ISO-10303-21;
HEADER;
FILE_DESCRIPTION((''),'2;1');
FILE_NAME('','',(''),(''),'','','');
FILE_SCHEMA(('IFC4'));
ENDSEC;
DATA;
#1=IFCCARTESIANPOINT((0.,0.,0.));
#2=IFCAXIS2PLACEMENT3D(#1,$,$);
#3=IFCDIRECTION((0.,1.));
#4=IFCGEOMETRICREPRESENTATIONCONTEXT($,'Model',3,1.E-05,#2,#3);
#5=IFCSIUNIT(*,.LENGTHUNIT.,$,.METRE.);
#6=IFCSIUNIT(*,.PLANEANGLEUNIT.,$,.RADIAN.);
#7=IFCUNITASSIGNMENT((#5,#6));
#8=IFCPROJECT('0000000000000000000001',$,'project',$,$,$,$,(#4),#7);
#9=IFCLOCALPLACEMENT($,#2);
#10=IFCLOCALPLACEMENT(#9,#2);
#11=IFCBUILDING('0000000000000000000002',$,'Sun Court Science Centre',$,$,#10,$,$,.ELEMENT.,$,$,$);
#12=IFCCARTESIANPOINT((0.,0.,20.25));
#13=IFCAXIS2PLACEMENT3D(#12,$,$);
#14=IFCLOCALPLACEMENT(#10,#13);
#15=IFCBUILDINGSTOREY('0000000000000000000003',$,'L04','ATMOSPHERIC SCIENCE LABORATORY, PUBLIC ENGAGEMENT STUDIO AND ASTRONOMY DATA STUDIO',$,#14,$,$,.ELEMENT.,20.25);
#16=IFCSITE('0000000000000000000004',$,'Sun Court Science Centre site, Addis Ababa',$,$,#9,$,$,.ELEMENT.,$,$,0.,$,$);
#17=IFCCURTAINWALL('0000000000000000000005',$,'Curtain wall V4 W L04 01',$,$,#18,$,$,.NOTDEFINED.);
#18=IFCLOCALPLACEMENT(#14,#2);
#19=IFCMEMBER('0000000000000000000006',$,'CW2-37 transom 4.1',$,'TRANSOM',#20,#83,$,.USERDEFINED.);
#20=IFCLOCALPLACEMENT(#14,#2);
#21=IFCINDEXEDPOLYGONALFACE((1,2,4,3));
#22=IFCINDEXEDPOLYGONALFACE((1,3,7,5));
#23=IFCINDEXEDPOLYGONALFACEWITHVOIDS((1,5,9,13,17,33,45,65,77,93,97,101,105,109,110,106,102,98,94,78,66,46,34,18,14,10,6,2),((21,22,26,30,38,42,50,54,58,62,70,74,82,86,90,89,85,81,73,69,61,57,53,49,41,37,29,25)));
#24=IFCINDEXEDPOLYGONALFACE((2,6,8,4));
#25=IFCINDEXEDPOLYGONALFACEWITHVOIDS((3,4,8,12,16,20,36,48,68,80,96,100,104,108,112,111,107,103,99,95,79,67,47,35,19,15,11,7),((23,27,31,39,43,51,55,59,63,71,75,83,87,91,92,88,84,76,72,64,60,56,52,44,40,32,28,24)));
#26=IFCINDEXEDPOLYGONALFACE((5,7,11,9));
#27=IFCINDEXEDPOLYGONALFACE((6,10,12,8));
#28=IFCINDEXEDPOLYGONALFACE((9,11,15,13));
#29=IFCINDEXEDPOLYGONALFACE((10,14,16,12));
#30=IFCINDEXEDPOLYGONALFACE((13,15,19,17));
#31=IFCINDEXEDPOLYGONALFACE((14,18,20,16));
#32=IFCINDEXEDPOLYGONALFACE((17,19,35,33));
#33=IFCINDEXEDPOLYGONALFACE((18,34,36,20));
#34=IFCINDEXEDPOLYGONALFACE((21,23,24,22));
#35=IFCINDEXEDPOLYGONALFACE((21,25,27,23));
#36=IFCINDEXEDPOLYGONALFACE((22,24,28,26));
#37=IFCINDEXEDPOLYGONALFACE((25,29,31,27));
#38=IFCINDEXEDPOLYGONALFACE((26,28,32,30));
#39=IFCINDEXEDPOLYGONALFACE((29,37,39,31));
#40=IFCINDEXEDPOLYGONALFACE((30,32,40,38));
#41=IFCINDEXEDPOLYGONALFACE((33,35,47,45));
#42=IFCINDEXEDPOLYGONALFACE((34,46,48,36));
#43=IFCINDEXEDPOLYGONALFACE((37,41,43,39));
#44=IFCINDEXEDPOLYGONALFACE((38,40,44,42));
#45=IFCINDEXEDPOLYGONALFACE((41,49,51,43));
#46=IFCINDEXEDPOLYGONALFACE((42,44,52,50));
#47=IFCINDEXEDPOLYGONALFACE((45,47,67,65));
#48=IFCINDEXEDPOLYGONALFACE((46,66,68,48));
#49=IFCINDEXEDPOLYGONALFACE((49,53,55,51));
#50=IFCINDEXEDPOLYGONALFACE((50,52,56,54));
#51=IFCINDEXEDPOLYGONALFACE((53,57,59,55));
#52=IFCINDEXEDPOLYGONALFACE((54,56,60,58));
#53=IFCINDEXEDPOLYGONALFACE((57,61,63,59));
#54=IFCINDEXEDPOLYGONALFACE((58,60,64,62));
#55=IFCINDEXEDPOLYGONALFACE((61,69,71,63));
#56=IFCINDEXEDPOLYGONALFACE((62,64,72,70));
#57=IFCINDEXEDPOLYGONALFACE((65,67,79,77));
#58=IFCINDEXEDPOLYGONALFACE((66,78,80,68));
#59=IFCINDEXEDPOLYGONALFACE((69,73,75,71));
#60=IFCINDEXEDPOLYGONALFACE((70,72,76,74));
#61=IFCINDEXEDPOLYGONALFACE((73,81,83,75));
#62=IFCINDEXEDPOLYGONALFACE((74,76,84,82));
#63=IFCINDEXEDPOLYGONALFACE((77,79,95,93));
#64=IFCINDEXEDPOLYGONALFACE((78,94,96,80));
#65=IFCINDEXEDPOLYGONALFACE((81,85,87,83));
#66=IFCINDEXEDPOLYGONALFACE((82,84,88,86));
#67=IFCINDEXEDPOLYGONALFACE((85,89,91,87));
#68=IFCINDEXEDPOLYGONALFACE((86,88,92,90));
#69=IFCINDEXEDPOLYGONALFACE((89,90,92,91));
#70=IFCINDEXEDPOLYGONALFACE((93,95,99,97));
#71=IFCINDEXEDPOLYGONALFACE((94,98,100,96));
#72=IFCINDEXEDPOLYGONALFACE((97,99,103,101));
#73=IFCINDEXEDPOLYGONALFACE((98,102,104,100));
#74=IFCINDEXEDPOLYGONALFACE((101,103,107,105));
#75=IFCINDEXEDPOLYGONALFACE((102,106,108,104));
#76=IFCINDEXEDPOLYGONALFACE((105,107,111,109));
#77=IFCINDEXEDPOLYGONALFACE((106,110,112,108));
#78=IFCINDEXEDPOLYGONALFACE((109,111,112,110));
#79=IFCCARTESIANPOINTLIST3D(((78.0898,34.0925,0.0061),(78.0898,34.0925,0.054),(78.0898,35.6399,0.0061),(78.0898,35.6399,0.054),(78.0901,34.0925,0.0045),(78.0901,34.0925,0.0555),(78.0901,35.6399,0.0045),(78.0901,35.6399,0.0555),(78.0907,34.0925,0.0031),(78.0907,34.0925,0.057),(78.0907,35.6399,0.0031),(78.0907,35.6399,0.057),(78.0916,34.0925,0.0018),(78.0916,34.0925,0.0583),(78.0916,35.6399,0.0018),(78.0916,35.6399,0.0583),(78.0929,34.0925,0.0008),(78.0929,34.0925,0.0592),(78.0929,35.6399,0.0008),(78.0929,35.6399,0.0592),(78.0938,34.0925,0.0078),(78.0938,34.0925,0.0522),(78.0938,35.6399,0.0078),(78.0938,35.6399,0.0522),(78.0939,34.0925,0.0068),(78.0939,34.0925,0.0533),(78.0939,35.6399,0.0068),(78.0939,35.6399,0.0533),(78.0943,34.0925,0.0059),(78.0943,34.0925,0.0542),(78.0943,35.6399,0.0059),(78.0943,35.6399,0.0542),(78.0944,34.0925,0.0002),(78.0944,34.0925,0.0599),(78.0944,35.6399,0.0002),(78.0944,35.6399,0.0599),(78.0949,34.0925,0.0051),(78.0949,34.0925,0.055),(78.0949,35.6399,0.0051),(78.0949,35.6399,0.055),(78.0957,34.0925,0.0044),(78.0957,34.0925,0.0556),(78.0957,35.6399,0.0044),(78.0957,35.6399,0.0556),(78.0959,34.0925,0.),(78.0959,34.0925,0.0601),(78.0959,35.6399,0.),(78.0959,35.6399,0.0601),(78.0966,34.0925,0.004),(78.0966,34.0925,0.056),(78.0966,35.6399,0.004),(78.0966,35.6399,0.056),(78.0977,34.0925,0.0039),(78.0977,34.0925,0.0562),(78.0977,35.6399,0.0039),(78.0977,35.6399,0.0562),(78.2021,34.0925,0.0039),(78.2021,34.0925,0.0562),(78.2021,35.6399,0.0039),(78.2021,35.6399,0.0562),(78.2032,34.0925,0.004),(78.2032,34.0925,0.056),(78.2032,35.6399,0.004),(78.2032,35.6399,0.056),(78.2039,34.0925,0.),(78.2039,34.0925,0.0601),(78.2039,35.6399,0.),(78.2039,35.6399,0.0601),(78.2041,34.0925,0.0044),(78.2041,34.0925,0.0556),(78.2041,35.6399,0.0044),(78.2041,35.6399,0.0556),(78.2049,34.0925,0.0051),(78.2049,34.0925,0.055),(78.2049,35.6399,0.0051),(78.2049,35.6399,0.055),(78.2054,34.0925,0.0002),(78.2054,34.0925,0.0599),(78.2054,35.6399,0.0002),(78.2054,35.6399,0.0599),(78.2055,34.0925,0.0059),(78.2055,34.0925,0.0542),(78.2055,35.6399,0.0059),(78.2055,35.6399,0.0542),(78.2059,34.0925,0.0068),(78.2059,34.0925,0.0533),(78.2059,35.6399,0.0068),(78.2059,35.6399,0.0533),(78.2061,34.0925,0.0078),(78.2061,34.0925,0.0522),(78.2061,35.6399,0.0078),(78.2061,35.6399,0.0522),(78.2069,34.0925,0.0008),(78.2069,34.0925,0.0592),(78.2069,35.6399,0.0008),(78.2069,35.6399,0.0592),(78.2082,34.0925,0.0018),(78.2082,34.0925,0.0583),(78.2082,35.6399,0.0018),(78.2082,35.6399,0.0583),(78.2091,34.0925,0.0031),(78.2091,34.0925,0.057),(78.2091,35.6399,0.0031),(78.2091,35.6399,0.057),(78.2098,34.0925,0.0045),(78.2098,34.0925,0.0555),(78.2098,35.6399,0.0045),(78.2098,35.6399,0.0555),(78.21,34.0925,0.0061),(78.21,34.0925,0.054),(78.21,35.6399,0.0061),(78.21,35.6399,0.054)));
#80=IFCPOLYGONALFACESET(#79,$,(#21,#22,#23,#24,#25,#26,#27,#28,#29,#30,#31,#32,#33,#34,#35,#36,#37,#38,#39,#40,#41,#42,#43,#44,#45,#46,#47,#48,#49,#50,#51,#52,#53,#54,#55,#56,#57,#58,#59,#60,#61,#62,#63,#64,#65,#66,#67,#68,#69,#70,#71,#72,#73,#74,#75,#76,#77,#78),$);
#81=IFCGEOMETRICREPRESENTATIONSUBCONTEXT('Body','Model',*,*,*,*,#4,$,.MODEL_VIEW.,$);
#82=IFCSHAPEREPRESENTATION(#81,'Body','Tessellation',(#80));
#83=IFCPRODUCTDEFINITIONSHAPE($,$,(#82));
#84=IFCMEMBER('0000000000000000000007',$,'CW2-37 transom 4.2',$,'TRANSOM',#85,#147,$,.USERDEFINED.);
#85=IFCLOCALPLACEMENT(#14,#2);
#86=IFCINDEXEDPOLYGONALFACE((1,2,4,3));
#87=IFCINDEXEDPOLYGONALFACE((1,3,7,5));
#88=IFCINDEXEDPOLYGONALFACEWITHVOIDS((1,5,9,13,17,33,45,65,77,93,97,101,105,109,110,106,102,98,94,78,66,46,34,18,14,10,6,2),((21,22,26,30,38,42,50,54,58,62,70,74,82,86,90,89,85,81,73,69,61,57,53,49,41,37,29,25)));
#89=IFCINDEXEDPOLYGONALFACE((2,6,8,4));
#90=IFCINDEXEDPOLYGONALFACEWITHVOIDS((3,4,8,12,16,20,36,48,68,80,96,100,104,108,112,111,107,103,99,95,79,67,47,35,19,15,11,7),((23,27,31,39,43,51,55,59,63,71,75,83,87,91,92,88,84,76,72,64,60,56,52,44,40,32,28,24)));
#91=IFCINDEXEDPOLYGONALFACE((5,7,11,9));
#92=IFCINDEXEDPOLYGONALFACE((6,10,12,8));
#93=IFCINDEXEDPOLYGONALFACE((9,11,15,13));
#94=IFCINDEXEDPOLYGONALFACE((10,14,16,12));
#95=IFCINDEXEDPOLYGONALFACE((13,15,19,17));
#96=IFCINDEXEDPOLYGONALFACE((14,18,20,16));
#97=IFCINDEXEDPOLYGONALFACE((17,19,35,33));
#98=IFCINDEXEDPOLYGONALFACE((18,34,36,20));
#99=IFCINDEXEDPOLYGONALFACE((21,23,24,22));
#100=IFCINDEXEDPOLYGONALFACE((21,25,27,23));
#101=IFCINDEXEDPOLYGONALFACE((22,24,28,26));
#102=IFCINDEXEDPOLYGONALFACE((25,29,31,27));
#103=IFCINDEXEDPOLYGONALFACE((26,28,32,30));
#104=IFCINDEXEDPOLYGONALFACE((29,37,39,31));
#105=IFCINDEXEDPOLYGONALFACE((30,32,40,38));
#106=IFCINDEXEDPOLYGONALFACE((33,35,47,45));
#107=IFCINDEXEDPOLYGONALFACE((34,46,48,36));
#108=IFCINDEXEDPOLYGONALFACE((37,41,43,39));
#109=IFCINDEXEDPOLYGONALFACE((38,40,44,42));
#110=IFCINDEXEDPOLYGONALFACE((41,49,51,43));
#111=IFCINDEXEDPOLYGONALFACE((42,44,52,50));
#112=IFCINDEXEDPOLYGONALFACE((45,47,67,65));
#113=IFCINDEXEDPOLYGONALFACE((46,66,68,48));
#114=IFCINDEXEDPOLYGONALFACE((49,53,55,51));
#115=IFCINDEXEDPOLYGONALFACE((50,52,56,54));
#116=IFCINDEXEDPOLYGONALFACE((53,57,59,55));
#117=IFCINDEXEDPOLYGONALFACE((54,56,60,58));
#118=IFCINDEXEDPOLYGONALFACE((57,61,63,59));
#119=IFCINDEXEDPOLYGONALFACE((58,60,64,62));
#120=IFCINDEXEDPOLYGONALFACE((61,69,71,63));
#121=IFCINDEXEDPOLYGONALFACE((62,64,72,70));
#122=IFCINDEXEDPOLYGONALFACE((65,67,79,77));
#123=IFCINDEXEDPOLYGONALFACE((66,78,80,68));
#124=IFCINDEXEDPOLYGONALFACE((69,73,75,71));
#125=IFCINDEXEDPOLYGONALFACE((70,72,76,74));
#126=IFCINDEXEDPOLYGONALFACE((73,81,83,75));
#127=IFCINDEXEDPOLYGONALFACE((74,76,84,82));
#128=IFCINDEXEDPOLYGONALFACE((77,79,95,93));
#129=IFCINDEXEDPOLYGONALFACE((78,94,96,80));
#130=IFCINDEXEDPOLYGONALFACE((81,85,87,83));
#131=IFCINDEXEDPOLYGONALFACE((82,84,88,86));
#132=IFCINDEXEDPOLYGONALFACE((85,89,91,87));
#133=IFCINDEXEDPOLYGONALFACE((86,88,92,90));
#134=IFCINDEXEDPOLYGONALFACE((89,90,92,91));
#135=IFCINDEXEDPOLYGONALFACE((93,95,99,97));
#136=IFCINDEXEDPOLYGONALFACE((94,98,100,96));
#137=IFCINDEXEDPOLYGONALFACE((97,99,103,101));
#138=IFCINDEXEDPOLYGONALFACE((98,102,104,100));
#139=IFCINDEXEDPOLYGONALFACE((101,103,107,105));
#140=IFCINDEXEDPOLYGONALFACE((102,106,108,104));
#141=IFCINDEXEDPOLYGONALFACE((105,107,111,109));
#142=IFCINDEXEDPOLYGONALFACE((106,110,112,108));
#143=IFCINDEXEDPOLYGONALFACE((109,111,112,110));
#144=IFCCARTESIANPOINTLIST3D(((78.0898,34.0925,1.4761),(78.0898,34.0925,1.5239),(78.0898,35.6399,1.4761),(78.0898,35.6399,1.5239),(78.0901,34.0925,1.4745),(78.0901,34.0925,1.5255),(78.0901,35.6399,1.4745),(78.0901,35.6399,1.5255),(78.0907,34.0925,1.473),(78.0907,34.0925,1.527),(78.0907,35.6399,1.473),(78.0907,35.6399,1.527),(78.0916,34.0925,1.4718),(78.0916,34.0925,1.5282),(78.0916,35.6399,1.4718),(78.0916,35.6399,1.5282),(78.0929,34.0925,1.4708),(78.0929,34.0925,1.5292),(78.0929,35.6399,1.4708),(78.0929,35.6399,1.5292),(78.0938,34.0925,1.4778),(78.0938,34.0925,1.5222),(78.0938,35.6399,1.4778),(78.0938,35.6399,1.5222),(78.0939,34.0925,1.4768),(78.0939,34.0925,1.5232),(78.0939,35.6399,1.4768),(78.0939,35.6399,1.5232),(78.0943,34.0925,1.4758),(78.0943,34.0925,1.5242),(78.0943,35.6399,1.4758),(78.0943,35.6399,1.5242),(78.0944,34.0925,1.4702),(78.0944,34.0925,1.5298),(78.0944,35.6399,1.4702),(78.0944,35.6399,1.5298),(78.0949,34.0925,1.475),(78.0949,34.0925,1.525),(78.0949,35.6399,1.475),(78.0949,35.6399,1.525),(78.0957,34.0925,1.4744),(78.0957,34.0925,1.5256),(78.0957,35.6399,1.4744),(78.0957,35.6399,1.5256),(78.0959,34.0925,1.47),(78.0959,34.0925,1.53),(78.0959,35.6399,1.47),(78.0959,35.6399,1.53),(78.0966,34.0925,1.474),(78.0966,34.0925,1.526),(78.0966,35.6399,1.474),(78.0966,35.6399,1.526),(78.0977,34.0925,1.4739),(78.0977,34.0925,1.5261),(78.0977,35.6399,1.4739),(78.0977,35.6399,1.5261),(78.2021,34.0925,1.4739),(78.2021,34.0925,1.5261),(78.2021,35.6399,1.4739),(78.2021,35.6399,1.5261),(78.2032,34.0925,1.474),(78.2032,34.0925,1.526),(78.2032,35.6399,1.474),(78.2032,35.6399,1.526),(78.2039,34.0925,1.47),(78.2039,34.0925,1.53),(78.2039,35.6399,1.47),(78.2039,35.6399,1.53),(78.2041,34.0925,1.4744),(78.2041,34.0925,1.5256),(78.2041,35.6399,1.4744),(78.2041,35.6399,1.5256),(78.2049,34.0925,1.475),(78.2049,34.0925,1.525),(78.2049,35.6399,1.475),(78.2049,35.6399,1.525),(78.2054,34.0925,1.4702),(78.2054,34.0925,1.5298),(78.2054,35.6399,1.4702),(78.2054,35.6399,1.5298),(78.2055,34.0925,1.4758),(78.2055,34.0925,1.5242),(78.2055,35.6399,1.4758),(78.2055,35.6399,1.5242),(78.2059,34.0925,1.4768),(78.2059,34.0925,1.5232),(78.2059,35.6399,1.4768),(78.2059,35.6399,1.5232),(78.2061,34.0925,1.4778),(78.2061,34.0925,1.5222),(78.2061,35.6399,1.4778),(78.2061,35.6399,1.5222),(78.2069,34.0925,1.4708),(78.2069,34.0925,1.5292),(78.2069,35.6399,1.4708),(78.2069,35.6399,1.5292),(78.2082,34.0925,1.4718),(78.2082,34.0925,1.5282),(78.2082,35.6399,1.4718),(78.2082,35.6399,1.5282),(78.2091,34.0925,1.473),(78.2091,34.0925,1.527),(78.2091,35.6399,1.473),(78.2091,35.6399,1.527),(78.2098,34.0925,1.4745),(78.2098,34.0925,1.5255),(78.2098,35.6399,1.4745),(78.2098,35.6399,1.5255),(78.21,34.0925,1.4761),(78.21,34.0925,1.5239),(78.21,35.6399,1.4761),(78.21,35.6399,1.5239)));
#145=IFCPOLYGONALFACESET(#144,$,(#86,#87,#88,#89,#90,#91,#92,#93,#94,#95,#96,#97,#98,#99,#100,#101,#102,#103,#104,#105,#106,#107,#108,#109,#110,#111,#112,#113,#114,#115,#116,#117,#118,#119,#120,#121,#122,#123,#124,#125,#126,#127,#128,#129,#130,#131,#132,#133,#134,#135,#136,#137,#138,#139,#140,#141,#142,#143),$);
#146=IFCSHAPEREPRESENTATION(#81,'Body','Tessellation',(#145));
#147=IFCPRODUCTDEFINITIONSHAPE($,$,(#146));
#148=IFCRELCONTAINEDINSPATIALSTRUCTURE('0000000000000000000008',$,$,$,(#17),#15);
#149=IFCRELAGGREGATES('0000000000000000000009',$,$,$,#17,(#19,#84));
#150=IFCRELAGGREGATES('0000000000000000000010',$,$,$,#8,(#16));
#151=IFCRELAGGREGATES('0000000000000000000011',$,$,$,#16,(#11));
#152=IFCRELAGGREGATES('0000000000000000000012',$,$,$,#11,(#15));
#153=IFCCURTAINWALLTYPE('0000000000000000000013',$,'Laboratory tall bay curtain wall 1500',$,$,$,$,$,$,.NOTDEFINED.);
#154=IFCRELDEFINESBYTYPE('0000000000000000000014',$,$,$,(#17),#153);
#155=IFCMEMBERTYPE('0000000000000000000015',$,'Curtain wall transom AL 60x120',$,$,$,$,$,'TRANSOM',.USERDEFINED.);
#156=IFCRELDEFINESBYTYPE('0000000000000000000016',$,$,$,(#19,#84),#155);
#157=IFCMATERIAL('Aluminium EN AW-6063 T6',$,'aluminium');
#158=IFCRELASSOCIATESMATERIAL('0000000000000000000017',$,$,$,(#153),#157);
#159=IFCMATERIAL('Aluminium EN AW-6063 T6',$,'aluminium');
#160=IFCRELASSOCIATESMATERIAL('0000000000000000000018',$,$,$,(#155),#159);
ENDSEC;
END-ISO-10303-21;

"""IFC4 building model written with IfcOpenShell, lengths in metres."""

from ifc_helpers import new_model, si_unit, direction, frame, origin, origin_2d, place, context, subcontext, project, spatial, hollow_rectangle, extrude, material, material_profile, profile_set, type_object, element, aggregate, save


model = new_model("IFC4")

# Units and contexts
model_context = context("Model", 3, precision=1e-05, world=origin(), true_north=direction((0.0, 1.0)))
body_context = subcontext(model_context, "Body", "Model", "MODEL_VIEW")
ifc_project = project(units=[si_unit("LENGTHUNIT", "METRE"), si_unit("PLANEANGLEUNIT", "RADIAN")], contexts=[model_context])

# Site, building, storey
site_placement = place(None, origin())
site = spatial("IfcSite", under=ifc_project, at=site_placement, Name="Sun Court Science Centre site, Addis Ababa", CompositionType="ELEMENT", RefElevation=0.0)
building_placement = place(site_placement, origin())
building = spatial("IfcBuilding", under=site, at=building_placement, Name="Sun Court Science Centre", CompositionType="ELEMENT")
storey_placement = place(building_placement, frame((0.0, 0.0, 20.25)))
storey = spatial("IfcBuildingStorey", under=building, at=storey_placement, Name="L04", Description="ATMOSPHERIC SCIENCE LABORATORY, PUBLIC ENGAGEMENT STUDIO AND ASTRONOMY DATA STUDIO", CompositionType="ELEMENT", Elevation=20.25)

# Curtain wall
ifc_material_1 = material(Name="Aluminium EN AW-6063 T6", Category="aluminium")
curtain_wall_type = type_object("IfcCurtainWallType", Name="Laboratory tall bay curtain wall 1500", PredefinedType="NOTDEFINED", material=ifc_material_1)
curtain_wall_1_placement = place(storey_placement, origin())
curtain_wall_1 = element("IfcCurtainWall", 1, at=curtain_wall_1_placement, inside=storey, type_object=curtain_wall_type, Name="Curtain wall V4 W L04 01", PredefinedType="NOTDEFINED")

# Members
ifc_material_2 = material(Name="Aluminium EN AW-6063 T6", Category="aluminium")
ifc_material_profile_1 = material_profile(ifc_material_2, hollow_rectangle(XDim=0.0601, YDim=0.1201, WallThickness=0.0039, InnerFilletRadius=0.0039, OuterFilletRadius=0.0061, at=origin_2d()), Name="AL 60x120x4")
ifc_profile_set_1 = profile_set([ifc_material_profile_1], Name="Aluminium EN AW-6063 T6")
member_type_1 = type_object("IfcMemberType", Name="Curtain wall transom AL 60x120", ElementType="TRANSOM", PredefinedType="USERDEFINED", material=ifc_profile_set_1)
member_1_placement = place(storey_placement, frame((78.1499, 34.0925, 0.03), z_axis=(0.0, 1.0, 0.0), x_axis=(0.0, 0.0, 1.0)))
member_1 = element("IfcMember", 2, at=member_1_placement, type_object=member_type_1, Name="CW2-37 transom 4.1", ObjectType="TRANSOM", PredefinedType="USERDEFINED", context=body_context, shape_type="SweptSolid", body=[
    extrude(hollow_rectangle(XDim=0.0601, YDim=0.1201, WallThickness=0.0039, InnerFilletRadius=0.0039, OuterFilletRadius=0.0061, at=origin_2d()), origin(), (0.0, 0.0, 1.0), 1.5474),
])
member_2_placement = place(storey_placement, frame((78.1499, 34.0925, 1.5), z_axis=(0.0, 1.0, 0.0), x_axis=(0.0, 0.0, 1.0)))
member_2 = element("IfcMember", 3, at=member_2_placement, type_object=member_type_1, Name="CW2-37 transom 4.2", ObjectType="TRANSOM", PredefinedType="USERDEFINED", context=body_context, shape_type="SweptSolid", body=[
    extrude(hollow_rectangle(XDim=0.0601, YDim=0.1201, WallThickness=0.0039, InnerFilletRadius=0.0039, OuterFilletRadius=0.0061, at=origin_2d()), origin(), (0.0, 0.0, 1.0), 1.5474),
])

aggregate(curtain_wall_1, [member_1, member_2])

save(model, "model.ifc")
